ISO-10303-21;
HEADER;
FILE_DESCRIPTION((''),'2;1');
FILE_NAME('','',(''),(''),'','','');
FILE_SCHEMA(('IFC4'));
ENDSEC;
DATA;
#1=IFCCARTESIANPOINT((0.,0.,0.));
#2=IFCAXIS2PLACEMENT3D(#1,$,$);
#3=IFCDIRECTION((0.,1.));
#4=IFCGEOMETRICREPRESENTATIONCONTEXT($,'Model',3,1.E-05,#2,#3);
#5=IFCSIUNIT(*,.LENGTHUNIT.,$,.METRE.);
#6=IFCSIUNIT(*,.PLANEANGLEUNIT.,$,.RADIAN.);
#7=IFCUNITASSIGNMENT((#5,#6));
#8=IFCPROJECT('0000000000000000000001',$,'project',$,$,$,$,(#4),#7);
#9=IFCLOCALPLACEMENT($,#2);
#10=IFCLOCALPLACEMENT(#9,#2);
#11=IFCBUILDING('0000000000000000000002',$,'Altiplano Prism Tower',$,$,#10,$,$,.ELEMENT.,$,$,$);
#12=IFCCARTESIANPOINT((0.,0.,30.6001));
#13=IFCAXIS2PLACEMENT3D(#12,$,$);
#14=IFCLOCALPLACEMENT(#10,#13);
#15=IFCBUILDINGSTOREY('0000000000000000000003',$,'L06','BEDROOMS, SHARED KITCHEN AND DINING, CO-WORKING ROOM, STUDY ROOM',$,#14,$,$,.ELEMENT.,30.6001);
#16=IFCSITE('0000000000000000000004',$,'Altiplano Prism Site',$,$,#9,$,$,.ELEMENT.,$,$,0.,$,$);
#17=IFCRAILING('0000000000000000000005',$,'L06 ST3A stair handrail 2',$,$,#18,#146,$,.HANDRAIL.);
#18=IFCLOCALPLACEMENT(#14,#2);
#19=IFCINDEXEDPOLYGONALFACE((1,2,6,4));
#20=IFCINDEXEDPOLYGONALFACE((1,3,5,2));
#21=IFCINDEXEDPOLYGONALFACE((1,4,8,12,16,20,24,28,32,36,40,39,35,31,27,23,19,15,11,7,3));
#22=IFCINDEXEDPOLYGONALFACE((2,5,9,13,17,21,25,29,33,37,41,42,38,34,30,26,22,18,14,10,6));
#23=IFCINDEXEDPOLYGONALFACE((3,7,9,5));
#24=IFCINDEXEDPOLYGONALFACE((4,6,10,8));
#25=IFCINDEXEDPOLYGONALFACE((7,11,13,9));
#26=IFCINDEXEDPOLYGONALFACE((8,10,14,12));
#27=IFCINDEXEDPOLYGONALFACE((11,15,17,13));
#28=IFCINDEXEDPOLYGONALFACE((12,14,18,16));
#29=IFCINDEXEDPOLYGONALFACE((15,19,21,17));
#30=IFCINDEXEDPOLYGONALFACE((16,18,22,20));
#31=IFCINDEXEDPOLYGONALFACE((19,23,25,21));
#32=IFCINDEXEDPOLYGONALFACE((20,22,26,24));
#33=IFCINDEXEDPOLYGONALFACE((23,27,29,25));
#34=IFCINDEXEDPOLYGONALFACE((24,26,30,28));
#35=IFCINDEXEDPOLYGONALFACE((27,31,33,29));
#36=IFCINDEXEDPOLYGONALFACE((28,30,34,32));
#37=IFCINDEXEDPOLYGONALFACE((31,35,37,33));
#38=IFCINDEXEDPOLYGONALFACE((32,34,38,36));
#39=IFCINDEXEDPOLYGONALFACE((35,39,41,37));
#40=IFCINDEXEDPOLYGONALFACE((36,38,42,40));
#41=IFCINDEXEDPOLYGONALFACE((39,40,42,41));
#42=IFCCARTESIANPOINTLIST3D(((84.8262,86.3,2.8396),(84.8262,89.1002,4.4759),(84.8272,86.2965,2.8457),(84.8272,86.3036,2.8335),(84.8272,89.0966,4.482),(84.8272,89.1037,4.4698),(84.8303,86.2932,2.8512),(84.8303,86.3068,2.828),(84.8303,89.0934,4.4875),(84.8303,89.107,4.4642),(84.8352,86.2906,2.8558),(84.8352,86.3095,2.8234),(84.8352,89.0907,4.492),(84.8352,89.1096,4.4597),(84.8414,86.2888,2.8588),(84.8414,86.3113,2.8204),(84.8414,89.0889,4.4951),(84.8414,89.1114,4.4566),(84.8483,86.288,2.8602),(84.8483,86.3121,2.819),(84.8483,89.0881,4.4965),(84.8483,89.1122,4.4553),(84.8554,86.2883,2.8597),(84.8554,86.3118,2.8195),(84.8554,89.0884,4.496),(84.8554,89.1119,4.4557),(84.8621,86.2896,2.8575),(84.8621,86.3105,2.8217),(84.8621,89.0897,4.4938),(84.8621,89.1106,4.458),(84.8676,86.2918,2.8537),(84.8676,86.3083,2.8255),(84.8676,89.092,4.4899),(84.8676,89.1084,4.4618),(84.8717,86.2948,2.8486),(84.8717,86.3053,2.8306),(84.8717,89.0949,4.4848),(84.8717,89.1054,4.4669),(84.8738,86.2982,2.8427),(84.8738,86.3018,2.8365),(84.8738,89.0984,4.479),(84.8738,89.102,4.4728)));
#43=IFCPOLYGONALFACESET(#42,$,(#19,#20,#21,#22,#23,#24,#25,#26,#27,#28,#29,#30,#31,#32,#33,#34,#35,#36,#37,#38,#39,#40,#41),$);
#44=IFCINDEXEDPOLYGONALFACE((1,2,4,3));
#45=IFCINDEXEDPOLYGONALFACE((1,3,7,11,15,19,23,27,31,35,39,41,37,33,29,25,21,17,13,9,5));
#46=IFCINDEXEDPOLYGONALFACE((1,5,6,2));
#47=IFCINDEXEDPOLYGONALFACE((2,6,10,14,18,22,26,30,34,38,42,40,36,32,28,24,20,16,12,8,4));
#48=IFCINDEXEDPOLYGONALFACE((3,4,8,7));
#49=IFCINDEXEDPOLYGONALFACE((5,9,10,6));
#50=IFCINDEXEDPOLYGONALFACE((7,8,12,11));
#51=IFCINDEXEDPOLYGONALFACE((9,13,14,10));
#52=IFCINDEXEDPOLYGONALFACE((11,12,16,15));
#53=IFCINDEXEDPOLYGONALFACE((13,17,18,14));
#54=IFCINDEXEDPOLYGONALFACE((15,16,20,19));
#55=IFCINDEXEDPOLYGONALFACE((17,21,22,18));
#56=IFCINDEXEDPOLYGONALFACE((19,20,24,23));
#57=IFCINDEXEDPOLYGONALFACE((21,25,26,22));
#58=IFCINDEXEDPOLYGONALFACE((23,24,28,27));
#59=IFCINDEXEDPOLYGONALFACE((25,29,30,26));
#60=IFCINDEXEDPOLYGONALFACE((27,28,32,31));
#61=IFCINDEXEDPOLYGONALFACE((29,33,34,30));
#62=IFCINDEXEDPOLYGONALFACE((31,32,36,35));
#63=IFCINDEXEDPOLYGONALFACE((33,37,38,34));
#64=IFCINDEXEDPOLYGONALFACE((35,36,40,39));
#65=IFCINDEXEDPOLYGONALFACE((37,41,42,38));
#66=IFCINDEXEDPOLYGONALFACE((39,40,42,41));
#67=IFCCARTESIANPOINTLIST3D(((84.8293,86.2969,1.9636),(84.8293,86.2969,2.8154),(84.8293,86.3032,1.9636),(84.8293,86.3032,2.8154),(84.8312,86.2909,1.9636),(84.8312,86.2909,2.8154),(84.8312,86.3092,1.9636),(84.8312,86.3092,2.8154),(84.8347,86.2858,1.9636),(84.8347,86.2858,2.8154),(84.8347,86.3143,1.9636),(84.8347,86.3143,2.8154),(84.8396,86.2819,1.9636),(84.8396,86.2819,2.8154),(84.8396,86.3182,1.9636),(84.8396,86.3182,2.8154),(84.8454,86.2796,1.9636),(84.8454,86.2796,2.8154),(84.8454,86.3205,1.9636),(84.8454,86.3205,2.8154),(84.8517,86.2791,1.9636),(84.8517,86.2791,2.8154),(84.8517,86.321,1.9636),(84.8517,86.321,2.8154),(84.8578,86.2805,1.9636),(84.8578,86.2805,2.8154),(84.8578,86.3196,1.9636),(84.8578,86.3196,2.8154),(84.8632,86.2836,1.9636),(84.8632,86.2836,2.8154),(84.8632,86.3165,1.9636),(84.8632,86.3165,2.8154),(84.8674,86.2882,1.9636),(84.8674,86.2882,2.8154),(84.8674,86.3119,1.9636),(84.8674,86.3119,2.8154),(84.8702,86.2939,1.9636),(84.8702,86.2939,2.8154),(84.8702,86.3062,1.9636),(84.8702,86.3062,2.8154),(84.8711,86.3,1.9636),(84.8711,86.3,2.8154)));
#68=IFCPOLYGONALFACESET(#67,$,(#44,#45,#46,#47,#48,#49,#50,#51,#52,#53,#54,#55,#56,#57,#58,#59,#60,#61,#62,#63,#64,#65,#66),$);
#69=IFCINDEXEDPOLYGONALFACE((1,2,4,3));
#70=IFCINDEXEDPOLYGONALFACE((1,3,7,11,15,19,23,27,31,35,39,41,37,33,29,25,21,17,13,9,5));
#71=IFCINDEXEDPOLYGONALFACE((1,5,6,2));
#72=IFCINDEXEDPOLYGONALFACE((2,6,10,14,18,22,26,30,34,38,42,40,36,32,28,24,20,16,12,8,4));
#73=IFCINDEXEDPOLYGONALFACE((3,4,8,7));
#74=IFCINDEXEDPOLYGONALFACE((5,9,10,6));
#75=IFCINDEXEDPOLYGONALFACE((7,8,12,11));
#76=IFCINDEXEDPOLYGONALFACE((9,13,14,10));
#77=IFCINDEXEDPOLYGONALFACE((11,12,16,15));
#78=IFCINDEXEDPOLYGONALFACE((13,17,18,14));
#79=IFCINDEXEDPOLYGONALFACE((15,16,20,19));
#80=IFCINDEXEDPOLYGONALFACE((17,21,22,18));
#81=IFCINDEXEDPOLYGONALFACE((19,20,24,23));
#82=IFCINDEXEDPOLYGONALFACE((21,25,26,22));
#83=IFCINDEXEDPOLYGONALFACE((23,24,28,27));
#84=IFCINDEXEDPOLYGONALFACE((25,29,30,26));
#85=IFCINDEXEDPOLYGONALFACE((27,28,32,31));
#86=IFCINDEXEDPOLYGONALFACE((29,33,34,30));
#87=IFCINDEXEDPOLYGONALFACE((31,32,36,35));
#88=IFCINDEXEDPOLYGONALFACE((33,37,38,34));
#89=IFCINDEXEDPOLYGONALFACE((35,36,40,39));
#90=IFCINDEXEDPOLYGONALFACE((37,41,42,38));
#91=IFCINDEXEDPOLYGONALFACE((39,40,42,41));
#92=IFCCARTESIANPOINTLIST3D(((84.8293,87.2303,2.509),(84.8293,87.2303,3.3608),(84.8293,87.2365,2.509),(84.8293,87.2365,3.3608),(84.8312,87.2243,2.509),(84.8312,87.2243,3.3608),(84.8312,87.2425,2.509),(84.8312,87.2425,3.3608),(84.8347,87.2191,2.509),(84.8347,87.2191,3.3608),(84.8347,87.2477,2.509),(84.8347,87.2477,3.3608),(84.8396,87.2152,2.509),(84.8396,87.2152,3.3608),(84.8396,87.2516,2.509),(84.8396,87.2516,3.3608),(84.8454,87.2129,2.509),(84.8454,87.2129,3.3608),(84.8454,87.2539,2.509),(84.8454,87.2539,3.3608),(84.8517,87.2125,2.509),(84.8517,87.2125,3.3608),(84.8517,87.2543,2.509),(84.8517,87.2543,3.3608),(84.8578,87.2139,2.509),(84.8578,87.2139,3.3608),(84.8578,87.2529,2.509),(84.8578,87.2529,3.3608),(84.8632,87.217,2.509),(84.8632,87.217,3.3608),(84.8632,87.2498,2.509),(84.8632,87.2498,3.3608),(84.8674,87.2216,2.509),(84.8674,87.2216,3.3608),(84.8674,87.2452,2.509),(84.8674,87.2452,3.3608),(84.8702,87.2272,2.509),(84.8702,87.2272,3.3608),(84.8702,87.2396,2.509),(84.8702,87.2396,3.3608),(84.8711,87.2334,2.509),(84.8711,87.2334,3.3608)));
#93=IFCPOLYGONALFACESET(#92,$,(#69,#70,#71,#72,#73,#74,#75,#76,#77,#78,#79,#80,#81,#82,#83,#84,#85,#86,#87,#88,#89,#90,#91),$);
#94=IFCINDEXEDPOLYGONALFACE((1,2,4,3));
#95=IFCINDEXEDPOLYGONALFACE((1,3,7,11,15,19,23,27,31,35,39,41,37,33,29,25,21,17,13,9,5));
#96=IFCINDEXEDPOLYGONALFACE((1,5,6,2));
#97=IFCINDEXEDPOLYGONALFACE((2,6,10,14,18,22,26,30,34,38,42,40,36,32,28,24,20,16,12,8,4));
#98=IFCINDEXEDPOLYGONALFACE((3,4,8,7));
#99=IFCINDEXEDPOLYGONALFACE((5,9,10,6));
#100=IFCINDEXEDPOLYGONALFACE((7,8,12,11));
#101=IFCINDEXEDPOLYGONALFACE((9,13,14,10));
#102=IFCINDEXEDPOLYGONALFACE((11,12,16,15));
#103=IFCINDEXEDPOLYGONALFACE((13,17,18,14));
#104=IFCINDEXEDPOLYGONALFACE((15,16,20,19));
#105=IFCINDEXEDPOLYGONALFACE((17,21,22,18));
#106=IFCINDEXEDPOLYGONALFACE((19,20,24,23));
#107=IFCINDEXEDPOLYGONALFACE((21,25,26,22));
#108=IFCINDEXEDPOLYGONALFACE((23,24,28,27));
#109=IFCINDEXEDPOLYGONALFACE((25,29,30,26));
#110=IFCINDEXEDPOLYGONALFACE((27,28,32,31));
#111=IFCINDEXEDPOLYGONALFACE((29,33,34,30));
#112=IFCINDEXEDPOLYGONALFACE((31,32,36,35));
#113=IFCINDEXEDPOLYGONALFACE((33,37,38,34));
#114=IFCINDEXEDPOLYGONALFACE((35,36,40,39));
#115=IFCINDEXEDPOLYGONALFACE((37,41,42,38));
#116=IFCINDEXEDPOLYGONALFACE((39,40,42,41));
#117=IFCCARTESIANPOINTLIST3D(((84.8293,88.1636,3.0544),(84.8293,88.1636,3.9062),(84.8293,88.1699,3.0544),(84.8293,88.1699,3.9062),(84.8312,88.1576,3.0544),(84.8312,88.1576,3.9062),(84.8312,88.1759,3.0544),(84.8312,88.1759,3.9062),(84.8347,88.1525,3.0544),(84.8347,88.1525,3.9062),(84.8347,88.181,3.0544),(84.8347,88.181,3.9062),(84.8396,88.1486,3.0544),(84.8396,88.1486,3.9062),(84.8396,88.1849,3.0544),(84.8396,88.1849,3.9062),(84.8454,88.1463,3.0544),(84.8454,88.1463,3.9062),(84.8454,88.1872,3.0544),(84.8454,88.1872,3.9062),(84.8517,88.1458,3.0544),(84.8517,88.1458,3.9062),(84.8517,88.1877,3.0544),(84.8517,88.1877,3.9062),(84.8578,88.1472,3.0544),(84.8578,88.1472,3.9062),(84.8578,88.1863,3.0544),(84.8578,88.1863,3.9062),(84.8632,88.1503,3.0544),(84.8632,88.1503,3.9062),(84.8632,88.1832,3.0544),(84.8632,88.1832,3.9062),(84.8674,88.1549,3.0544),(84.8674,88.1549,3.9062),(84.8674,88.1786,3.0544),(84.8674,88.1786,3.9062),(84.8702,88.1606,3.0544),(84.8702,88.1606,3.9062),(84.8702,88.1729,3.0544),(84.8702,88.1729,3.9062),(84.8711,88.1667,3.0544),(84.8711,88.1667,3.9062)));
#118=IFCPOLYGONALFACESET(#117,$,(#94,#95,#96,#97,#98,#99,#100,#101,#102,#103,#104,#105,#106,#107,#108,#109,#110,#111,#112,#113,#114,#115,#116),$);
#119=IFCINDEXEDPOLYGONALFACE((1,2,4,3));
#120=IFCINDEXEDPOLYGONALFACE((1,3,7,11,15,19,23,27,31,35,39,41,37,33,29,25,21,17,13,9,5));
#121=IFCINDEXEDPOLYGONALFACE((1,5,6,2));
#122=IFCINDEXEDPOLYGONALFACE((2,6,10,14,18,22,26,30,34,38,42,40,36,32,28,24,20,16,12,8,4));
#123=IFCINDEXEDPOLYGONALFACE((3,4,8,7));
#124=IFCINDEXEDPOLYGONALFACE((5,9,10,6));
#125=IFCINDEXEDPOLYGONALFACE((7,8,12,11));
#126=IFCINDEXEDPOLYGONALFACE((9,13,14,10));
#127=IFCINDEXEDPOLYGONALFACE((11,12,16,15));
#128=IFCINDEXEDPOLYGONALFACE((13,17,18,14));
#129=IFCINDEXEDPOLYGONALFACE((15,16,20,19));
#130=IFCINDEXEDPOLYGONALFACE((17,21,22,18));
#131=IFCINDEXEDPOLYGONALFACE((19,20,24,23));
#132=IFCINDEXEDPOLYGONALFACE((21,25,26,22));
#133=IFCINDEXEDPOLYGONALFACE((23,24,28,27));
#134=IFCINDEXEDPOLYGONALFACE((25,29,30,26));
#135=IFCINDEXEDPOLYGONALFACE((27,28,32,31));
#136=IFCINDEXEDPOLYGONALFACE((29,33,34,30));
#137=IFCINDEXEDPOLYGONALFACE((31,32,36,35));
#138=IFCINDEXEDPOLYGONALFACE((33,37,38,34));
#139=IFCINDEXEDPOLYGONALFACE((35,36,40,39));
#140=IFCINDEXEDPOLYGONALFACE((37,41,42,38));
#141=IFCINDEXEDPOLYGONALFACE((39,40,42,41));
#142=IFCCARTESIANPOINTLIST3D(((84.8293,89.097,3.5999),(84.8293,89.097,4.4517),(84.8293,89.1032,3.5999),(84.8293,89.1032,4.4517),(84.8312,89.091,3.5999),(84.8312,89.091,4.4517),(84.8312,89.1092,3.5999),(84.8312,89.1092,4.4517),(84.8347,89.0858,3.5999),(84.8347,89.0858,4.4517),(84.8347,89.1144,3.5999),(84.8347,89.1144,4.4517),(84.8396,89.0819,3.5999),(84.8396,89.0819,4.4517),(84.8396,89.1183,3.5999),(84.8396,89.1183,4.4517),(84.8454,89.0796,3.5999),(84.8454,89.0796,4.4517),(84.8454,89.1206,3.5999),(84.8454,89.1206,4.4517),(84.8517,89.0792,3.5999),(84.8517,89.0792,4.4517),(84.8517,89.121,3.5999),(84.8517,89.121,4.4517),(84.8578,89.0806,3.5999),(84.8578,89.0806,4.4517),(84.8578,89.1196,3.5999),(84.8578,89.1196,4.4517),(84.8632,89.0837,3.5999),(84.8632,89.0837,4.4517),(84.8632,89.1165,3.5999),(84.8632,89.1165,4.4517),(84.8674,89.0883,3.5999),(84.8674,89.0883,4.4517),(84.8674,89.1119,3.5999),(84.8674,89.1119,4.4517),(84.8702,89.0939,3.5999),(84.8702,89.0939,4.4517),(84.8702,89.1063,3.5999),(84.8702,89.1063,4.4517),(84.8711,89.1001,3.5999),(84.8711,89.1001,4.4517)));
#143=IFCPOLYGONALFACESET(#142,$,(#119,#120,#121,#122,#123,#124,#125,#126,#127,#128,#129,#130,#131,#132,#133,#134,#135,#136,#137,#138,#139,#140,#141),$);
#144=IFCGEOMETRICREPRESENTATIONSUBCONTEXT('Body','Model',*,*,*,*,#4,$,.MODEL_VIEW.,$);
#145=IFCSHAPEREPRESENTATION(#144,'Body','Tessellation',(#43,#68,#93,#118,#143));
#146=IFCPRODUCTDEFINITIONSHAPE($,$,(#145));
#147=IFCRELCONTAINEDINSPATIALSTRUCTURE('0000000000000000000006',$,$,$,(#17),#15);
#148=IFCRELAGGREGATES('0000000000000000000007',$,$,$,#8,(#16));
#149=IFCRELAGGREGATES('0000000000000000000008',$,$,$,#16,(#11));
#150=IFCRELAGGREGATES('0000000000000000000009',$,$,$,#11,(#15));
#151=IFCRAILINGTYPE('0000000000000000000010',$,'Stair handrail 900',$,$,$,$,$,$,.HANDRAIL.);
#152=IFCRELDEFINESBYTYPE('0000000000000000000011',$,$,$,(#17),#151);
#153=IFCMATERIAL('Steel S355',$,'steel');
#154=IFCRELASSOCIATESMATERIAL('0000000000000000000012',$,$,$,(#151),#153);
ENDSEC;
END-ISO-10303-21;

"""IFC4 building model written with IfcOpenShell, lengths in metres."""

from ifc_helpers import new_model, si_unit, direction, frame, origin, origin_2d, place, context, subcontext, project, spatial, circle, extrude, material, type_object, element, save


model = new_model("IFC4")

# Units and contexts
model_context = context("Model", 3, precision=1e-05, world=origin(), true_north=direction((0.0, 1.0)))
body_context = subcontext(model_context, "Body", "Model", "MODEL_VIEW")
ifc_project = project(units=[si_unit("LENGTHUNIT", "METRE"), si_unit("PLANEANGLEUNIT", "RADIAN")], contexts=[model_context])

# Site, building, storey
site_placement = place(None, origin())
site = spatial("IfcSite", under=ifc_project, at=site_placement, Name="Altiplano Prism Site", CompositionType="ELEMENT", RefElevation=0.0)
building_placement = place(site_placement, origin())
building = spatial("IfcBuilding", under=site, at=building_placement, Name="Altiplano Prism Tower", CompositionType="ELEMENT")
storey_placement = place(building_placement, frame((0.0, 0.0, 30.6001)))
storey = spatial("IfcBuildingStorey", under=building, at=storey_placement, Name="L06", Description="BEDROOMS, SHARED KITCHEN AND DINING, CO-WORKING ROOM, STUDY ROOM", CompositionType="ELEMENT", Elevation=30.6001)

# Railing
ifc_material_1 = material(Name="Steel S355", Category="steel")
railing_type_1 = type_object("IfcRailingType", Name="Stair handrail 900", PredefinedType="HANDRAIL", material=ifc_material_1)
railing_1_placement = place(storey_placement, frame((84.8501, 86.3, 1.9636)))
element("IfcRailing", 1, at=railing_1_placement, inside=storey, type_object=railing_type_1, Name="L06 ST3A stair handrail 2", PredefinedType="HANDRAIL", context=body_context, shape_type="SweptSolid", body=[
    extrude(circle(Radius=0.0239, at=origin_2d()), frame((0.0, 0.0, 0.876), z_axis=(0.0, 0.863394, 0.504531), x_axis=(-1.0, 0.0, 0.0)), (0.0, 0.0, 1.0), 3.2432),
    extrude(circle(Radius=0.021, at=origin_2d()), origin(), (0.0, 0.0, 1.0), 0.8518),
    extrude(circle(Radius=0.021, at=origin_2d()), frame((0.0, 0.9333, 0.5454)), (0.0, 0.0, 1.0), 0.8518),
    extrude(circle(Radius=0.021, at=origin_2d()), frame((0.0, 1.8667, 1.0908)), (0.0, 0.0, 1.0), 0.8518),
    extrude(circle(Radius=0.021, at=origin_2d()), frame((0.0, 2.8, 1.6362)), (0.0, 0.0, 1.0), 0.8518),
])

save(model, "model.ifc")
